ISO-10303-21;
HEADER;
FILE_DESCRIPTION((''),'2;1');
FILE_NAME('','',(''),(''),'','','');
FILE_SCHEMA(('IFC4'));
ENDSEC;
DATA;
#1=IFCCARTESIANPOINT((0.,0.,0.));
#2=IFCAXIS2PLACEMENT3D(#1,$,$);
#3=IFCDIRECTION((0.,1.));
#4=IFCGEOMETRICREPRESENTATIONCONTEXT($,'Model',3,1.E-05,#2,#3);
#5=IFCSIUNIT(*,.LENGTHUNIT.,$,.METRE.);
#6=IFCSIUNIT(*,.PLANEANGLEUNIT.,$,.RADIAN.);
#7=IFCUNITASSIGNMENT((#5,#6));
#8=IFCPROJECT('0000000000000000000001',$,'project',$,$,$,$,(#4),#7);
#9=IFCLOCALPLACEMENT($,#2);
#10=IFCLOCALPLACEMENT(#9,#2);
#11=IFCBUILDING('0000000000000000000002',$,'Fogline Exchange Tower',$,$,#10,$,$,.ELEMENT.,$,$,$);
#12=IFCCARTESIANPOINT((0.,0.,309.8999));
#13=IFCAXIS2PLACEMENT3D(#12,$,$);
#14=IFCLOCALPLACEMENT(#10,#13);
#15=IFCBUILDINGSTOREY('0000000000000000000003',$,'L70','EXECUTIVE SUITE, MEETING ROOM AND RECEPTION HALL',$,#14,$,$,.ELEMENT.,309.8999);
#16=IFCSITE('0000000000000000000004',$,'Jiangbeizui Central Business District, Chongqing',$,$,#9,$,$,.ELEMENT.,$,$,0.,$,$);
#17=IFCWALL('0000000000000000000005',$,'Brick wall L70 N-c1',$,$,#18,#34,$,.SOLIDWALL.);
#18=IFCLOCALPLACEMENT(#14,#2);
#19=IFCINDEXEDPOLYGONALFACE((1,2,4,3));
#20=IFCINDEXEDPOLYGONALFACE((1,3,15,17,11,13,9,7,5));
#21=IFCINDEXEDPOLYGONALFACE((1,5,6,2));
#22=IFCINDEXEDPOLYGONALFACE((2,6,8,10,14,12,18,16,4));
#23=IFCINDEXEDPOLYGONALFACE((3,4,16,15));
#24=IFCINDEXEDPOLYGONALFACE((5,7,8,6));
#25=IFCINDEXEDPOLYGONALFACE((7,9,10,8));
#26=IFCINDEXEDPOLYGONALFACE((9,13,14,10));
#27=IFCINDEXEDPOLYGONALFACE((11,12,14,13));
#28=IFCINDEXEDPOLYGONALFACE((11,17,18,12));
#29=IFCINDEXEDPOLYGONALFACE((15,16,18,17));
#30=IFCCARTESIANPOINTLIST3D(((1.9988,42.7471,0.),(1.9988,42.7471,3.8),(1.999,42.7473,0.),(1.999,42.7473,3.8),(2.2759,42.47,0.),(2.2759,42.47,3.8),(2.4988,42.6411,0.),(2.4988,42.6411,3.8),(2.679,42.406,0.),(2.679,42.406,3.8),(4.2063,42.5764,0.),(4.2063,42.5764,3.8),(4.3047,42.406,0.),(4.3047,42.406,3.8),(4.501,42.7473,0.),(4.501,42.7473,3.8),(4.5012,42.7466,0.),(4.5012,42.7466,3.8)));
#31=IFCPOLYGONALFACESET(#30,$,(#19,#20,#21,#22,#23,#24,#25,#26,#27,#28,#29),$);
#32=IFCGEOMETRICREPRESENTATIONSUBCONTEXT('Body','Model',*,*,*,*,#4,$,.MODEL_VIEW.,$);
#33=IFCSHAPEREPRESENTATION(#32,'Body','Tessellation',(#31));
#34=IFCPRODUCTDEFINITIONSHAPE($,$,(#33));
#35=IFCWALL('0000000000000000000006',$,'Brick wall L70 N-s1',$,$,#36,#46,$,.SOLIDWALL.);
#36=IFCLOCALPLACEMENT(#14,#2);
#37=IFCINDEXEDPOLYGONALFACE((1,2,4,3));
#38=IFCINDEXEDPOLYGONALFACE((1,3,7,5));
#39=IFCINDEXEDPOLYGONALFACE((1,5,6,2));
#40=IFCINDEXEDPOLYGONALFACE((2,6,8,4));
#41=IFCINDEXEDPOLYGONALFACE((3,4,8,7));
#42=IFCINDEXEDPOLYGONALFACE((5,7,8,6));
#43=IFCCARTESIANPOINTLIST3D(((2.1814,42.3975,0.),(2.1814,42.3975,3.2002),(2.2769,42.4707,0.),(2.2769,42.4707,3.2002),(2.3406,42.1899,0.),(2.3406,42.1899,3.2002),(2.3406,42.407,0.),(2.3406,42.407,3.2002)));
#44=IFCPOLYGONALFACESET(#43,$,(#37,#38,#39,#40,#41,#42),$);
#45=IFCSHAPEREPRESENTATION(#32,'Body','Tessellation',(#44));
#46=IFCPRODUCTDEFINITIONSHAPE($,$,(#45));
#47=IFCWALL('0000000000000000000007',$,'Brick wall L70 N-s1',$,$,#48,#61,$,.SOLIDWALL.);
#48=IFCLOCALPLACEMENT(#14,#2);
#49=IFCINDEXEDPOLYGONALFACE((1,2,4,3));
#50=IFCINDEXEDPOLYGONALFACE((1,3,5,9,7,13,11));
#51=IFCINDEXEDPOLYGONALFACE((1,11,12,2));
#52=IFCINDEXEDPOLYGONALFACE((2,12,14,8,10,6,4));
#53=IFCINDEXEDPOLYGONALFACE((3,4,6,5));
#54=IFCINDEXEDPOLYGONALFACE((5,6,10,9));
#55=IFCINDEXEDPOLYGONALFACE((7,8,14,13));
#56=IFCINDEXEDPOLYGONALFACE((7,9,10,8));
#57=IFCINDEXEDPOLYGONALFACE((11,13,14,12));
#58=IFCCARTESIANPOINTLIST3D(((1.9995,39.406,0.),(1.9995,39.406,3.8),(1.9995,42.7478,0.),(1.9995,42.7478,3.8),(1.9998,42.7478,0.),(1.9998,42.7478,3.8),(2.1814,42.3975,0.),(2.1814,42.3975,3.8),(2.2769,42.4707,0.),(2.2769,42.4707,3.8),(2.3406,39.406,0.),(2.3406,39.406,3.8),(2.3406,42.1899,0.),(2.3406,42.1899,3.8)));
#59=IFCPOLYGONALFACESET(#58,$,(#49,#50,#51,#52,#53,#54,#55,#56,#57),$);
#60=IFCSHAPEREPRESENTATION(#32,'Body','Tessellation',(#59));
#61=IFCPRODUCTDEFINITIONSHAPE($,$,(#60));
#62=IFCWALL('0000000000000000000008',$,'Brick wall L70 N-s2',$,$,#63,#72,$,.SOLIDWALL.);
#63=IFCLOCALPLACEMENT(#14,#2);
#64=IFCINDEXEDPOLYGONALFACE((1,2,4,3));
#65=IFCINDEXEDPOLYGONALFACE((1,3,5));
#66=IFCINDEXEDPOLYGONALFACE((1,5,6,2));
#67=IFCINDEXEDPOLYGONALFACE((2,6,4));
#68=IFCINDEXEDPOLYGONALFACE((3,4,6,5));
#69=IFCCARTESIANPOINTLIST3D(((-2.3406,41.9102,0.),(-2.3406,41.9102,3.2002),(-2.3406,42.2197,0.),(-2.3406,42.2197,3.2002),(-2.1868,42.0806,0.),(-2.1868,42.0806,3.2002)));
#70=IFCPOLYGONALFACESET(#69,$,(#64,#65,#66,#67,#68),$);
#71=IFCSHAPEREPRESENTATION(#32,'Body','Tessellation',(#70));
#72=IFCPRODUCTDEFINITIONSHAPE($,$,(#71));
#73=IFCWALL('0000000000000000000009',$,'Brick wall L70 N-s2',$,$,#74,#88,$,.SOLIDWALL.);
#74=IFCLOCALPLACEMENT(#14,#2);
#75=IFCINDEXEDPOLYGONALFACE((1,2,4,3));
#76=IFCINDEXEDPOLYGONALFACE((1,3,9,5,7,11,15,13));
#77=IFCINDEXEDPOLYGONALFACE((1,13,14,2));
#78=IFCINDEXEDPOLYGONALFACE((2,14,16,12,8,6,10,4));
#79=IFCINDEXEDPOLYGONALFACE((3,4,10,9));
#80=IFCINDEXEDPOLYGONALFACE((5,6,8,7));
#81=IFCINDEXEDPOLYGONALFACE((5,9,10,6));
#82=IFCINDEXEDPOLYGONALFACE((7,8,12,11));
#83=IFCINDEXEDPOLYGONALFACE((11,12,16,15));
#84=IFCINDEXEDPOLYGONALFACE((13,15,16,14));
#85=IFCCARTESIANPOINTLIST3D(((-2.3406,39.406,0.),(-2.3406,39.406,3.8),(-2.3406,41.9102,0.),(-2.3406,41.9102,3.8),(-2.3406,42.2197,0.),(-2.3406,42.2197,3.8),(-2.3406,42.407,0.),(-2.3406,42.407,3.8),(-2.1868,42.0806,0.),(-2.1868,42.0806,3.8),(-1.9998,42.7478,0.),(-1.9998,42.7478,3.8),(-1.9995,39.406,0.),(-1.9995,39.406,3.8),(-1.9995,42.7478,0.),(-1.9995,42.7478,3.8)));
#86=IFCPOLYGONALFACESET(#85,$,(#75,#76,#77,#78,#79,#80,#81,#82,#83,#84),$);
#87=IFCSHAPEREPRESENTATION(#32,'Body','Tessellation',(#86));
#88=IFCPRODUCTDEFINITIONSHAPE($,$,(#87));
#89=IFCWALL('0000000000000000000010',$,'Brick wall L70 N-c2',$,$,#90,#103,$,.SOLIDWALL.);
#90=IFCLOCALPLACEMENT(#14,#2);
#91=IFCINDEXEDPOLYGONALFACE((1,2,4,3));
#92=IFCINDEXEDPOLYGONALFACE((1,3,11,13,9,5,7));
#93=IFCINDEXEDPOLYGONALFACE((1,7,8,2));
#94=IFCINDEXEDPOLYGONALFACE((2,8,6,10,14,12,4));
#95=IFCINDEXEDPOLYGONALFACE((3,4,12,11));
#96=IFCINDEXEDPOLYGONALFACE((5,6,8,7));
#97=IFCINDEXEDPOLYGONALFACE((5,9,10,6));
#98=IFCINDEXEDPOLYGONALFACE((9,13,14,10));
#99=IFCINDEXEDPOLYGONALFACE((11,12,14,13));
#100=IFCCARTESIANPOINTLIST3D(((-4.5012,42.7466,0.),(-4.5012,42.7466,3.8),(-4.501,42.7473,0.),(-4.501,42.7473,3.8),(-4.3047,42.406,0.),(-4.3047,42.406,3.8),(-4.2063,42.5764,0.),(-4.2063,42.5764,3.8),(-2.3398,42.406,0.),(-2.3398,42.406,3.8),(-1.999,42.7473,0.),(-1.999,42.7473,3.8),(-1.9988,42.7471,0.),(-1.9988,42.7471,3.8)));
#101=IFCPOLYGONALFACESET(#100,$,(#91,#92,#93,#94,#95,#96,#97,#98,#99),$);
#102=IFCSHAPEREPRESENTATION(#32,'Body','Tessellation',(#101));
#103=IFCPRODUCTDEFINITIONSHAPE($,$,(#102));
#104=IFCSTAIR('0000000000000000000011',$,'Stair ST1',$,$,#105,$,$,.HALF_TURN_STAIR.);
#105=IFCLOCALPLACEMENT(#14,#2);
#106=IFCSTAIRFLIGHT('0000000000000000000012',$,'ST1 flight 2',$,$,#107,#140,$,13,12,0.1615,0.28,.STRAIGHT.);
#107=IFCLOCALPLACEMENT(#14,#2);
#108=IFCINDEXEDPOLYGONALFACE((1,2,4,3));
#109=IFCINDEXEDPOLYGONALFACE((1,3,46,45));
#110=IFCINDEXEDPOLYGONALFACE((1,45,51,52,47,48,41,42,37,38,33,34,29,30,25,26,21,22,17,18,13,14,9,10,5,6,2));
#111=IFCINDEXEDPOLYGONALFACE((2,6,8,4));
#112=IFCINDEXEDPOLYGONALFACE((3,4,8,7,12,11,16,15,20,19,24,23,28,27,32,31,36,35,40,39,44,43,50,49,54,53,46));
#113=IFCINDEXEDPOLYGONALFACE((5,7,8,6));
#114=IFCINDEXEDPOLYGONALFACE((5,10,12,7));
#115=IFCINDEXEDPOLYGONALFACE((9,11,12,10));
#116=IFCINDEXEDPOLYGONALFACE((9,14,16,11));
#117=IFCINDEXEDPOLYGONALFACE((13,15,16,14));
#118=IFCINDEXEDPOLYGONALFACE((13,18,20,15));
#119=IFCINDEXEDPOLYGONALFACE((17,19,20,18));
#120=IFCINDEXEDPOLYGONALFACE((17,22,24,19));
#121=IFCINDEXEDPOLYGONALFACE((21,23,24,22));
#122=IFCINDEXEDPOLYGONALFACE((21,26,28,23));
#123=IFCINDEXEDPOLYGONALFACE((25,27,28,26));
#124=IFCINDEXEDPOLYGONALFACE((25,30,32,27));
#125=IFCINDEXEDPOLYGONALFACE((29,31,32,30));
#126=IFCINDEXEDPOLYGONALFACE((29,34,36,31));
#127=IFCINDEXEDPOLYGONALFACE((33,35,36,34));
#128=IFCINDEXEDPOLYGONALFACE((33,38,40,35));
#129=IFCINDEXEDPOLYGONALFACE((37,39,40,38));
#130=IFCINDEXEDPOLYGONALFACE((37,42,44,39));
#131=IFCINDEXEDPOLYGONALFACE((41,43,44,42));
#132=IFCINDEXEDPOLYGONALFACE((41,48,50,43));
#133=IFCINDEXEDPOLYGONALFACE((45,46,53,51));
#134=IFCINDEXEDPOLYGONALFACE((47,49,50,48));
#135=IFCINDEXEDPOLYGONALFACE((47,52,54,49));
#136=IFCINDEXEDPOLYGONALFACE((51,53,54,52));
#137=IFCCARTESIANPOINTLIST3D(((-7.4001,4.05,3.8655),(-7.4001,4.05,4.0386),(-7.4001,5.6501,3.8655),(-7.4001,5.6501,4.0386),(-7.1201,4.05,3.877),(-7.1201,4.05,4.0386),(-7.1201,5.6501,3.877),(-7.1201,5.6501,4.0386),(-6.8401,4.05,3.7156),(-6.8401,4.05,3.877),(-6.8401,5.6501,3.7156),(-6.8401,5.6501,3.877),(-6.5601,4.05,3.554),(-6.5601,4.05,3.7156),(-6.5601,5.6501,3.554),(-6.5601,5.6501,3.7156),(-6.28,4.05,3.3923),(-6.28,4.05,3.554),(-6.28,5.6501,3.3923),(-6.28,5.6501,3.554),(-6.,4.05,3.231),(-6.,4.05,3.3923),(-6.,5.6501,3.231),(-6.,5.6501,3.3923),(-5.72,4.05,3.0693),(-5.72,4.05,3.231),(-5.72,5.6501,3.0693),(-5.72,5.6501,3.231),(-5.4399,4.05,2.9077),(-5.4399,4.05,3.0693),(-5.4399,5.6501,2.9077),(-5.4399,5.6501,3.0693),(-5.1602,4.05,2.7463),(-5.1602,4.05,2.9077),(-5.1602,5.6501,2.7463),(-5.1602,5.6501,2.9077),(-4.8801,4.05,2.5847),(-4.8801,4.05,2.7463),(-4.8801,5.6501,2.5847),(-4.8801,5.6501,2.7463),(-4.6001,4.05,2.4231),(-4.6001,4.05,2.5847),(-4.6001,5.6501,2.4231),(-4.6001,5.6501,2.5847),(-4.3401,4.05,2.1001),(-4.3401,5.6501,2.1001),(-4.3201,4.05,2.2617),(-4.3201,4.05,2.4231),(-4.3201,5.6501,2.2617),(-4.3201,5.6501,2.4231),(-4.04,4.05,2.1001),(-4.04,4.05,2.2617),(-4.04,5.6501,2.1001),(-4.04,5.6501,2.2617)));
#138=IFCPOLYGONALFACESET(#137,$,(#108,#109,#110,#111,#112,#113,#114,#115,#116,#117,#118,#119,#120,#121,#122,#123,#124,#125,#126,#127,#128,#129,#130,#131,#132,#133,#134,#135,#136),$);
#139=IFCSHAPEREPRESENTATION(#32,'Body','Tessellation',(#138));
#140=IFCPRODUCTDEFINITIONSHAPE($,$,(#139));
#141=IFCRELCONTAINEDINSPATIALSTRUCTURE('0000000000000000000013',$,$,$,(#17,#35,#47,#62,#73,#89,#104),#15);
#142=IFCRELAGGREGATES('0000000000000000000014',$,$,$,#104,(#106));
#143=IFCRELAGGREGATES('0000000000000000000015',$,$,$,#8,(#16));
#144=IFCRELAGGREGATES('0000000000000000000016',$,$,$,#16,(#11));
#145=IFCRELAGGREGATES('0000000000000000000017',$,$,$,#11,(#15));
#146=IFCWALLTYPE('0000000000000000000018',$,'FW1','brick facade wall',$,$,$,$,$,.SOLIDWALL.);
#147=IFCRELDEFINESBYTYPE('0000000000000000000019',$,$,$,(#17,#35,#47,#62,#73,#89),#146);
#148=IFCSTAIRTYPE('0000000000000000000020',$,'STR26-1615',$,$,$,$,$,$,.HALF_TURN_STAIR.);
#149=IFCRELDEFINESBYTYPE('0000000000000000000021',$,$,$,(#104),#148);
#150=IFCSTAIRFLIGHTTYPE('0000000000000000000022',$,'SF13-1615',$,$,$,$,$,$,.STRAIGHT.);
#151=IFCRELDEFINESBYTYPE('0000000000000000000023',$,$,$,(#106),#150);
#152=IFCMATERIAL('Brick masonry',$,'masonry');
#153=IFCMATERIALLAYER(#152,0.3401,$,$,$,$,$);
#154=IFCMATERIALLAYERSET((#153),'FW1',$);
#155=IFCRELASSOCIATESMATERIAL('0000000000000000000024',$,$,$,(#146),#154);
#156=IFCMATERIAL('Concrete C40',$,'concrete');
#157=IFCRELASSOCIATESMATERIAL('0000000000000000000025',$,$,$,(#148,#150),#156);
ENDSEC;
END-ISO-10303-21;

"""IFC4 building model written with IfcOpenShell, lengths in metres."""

from ifc_helpers import new_model, si_unit, direction, frame, origin, place, context, subcontext, project, spatial, polyline, outline, extrude, material, layer, layer_set, type_object, element, aggregate, save


model = new_model("IFC4")

# Units and contexts
model_context = context("Model", 3, precision=1e-05, world=origin(), true_north=direction((0.0, 1.0)))
body_context = subcontext(model_context, "Body", "Model", "MODEL_VIEW")
ifc_project = project(units=[si_unit("LENGTHUNIT", "METRE"), si_unit("PLANEANGLEUNIT", "RADIAN")], contexts=[model_context])

# Site, building, storey
site_placement = place(None, origin())
site = spatial("IfcSite", under=ifc_project, at=site_placement, Name="Jiangbeizui Central Business District, Chongqing", CompositionType="ELEMENT", RefElevation=0.0)
building_placement = place(site_placement, origin())
building = spatial("IfcBuilding", under=site, at=building_placement, Name="Fogline Exchange Tower", CompositionType="ELEMENT")
storey_placement = place(building_placement, frame((0.0, 0.0, 309.8999)))
storey = spatial("IfcBuildingStorey", under=building, at=storey_placement, Name="L70", Description="EXECUTIVE SUITE, MEETING ROOM AND RECEPTION HALL", CompositionType="ELEMENT", Elevation=309.8999)

# Shared definitions
ifc_material_1 = material(Name="Concrete C40", Category="concrete")

# Walls
ifc_material_2 = material(Name="Brick masonry", Category="masonry")
ifc_layer_1 = layer(ifc_material_2, 0.3401)
ifc_layer_set_1 = layer_set([ifc_layer_1], Name="FW1")
wall_type_1 = type_object("IfcWallType", Name="FW1", Description="brick facade wall", PredefinedType="SOLIDWALL", material=ifc_layer_set_1)
wall_1_placement = place(storey_placement, origin())
element("IfcWall", 1, at=wall_1_placement, inside=storey, type_object=wall_type_1, Name="Brick wall L70 N-c1", PredefinedType="SOLIDWALL", context=body_context, shape_type="SweptSolid", body=[
    extrude(outline(polyline([(4.501, 42.7473), (4.5012, 42.7466), (4.2063, 42.5764), (4.3047, 42.406), (2.679, 42.406), (2.4988, 42.6411), (2.2759, 42.47), (1.9988, 42.7471), (1.999, 42.7473), (4.501, 42.7473)])), origin(), (0.0, 0.0, 1.0), 3.8),
])
wall_2_placement = place(storey_placement, origin())
element("IfcWall", 2, at=wall_2_placement, inside=storey, type_object=wall_type_1, Name="Brick wall L70 N-s1", PredefinedType="SOLIDWALL", context=body_context, shape_type="SweptSolid", body=[
    extrude(outline(polyline([(2.3406, 42.407), (2.3406, 42.1899), (2.1814, 42.3975), (2.2769, 42.4707), (2.3406, 42.407)])), origin(), (0.0, 0.0, 1.0), 3.2002),
])
wall_3_placement = place(storey_placement, origin())
element("IfcWall", 3, at=wall_3_placement, inside=storey, type_object=wall_type_1, Name="Brick wall L70 N-s1", PredefinedType="SOLIDWALL", context=body_context, shape_type="SweptSolid", body=[
    extrude(outline(polyline([(1.9995, 39.406), (1.9995, 42.7478), (1.9998, 42.7478), (2.2769, 42.4707), (2.1814, 42.3975), (2.3406, 42.1899), (2.3406, 39.406), (1.9995, 39.406)])), origin(), (0.0, 0.0, 1.0), 3.8),
])
wall_4_placement = place(storey_placement, origin())
element("IfcWall", 4, at=wall_4_placement, inside=storey, type_object=wall_type_1, Name="Brick wall L70 N-s2", PredefinedType="SOLIDWALL", context=body_context, shape_type="SweptSolid", body=[
    extrude(outline(polyline([(-2.3406, 42.2197), (-2.1868, 42.0806), (-2.3406, 41.9102), (-2.3406, 42.2197)])), origin(), (0.0, 0.0, 1.0), 3.2002),
])
wall_5_placement = place(storey_placement, origin())
element("IfcWall", 5, at=wall_5_placement, inside=storey, type_object=wall_type_1, Name="Brick wall L70 N-s2", PredefinedType="SOLIDWALL", context=body_context, shape_type="SweptSolid", body=[
    extrude(outline(polyline([(-1.9995, 39.406), (-2.3406, 39.406), (-2.3406, 41.9102), (-2.1868, 42.0806), (-2.3406, 42.2197), (-2.3406, 42.407), (-1.9998, 42.7478), (-1.9995, 42.7478), (-1.9995, 39.406)])), origin(), (0.0, 0.0, 1.0), 3.8),
])
wall_6_placement = place(storey_placement, origin())
element("IfcWall", 6, at=wall_6_placement, inside=storey, type_object=wall_type_1, Name="Brick wall L70 N-c2", PredefinedType="SOLIDWALL", context=body_context, shape_type="SweptSolid", body=[
    extrude(outline(polyline([(-4.3047, 42.406), (-4.2063, 42.5764), (-4.5012, 42.7466), (-4.501, 42.7473), (-1.999, 42.7473), (-1.9988, 42.7471), (-2.3398, 42.406), (-4.3047, 42.406)])), origin(), (0.0, 0.0, 1.0), 3.8),
])

# Stair, stair flight
stair_type = type_object("IfcStairType", Name="STR26-1615", PredefinedType="HALF_TURN_STAIR", material=ifc_material_1)
stair_placement = place(storey_placement, origin())
stair = element("IfcStair", 7, at=stair_placement, inside=storey, type_object=stair_type, Name="Stair ST1", PredefinedType="HALF_TURN_STAIR")
stair_flight_type = type_object("IfcStairFlightType", Name="SF13-1615", PredefinedType="STRAIGHT", material=ifc_material_1)
stair_flight_placement = place(storey_placement, frame((-4.04, 4.8501, 2.1001), z_axis=(0.0, 0.0, 1.0), x_axis=(-1.0, 0.0, 0.0)))
stair_flight = element("IfcStairFlight", 8, at=stair_flight_placement, type_object=stair_flight_type, Name="ST1 flight 2", NumberOfRisers=13, NumberOfTreads=12, PredefinedType="STRAIGHT", RiserHeight=0.1615, TreadLength=0.28, context=body_context, shape_type="SweptSolid", body=[
    extrude(outline(polyline([(0.0, 0.0), (0.0, 0.1616), (0.28, 0.1616), (0.28, 0.323), (0.5601, 0.323), (0.5601, 0.4846), (0.8401, 0.4846), (0.8401, 0.6462), (1.1201, 0.6462), (1.1201, 0.8076), (1.3999, 0.8076), (1.3999, 0.9692), (1.6799, 0.9692), (1.6799, 1.1309), (1.96, 1.1309), (1.96, 1.2922), (2.24, 1.2922), (2.24, 1.4539), (2.52, 1.4539), (2.52, 1.6155), (2.8, 1.6155), (2.8, 1.7769), (3.0801, 1.7769), (3.0801, 1.9385), (3.3601, 1.9385), (3.3601, 2.1001), (3.3601, 1.7654), (0.3, 0.0), (0.0, 0.0)])), frame((0.0, 0.8, 0.0), z_axis=(0.0, -1.0, 0.0), x_axis=(1.0, 0.0, 0.0)), (0.0, 0.0, 1.0), 1.6001),
])
aggregate(stair, [stair_flight])

save(model, "model.ifc")
